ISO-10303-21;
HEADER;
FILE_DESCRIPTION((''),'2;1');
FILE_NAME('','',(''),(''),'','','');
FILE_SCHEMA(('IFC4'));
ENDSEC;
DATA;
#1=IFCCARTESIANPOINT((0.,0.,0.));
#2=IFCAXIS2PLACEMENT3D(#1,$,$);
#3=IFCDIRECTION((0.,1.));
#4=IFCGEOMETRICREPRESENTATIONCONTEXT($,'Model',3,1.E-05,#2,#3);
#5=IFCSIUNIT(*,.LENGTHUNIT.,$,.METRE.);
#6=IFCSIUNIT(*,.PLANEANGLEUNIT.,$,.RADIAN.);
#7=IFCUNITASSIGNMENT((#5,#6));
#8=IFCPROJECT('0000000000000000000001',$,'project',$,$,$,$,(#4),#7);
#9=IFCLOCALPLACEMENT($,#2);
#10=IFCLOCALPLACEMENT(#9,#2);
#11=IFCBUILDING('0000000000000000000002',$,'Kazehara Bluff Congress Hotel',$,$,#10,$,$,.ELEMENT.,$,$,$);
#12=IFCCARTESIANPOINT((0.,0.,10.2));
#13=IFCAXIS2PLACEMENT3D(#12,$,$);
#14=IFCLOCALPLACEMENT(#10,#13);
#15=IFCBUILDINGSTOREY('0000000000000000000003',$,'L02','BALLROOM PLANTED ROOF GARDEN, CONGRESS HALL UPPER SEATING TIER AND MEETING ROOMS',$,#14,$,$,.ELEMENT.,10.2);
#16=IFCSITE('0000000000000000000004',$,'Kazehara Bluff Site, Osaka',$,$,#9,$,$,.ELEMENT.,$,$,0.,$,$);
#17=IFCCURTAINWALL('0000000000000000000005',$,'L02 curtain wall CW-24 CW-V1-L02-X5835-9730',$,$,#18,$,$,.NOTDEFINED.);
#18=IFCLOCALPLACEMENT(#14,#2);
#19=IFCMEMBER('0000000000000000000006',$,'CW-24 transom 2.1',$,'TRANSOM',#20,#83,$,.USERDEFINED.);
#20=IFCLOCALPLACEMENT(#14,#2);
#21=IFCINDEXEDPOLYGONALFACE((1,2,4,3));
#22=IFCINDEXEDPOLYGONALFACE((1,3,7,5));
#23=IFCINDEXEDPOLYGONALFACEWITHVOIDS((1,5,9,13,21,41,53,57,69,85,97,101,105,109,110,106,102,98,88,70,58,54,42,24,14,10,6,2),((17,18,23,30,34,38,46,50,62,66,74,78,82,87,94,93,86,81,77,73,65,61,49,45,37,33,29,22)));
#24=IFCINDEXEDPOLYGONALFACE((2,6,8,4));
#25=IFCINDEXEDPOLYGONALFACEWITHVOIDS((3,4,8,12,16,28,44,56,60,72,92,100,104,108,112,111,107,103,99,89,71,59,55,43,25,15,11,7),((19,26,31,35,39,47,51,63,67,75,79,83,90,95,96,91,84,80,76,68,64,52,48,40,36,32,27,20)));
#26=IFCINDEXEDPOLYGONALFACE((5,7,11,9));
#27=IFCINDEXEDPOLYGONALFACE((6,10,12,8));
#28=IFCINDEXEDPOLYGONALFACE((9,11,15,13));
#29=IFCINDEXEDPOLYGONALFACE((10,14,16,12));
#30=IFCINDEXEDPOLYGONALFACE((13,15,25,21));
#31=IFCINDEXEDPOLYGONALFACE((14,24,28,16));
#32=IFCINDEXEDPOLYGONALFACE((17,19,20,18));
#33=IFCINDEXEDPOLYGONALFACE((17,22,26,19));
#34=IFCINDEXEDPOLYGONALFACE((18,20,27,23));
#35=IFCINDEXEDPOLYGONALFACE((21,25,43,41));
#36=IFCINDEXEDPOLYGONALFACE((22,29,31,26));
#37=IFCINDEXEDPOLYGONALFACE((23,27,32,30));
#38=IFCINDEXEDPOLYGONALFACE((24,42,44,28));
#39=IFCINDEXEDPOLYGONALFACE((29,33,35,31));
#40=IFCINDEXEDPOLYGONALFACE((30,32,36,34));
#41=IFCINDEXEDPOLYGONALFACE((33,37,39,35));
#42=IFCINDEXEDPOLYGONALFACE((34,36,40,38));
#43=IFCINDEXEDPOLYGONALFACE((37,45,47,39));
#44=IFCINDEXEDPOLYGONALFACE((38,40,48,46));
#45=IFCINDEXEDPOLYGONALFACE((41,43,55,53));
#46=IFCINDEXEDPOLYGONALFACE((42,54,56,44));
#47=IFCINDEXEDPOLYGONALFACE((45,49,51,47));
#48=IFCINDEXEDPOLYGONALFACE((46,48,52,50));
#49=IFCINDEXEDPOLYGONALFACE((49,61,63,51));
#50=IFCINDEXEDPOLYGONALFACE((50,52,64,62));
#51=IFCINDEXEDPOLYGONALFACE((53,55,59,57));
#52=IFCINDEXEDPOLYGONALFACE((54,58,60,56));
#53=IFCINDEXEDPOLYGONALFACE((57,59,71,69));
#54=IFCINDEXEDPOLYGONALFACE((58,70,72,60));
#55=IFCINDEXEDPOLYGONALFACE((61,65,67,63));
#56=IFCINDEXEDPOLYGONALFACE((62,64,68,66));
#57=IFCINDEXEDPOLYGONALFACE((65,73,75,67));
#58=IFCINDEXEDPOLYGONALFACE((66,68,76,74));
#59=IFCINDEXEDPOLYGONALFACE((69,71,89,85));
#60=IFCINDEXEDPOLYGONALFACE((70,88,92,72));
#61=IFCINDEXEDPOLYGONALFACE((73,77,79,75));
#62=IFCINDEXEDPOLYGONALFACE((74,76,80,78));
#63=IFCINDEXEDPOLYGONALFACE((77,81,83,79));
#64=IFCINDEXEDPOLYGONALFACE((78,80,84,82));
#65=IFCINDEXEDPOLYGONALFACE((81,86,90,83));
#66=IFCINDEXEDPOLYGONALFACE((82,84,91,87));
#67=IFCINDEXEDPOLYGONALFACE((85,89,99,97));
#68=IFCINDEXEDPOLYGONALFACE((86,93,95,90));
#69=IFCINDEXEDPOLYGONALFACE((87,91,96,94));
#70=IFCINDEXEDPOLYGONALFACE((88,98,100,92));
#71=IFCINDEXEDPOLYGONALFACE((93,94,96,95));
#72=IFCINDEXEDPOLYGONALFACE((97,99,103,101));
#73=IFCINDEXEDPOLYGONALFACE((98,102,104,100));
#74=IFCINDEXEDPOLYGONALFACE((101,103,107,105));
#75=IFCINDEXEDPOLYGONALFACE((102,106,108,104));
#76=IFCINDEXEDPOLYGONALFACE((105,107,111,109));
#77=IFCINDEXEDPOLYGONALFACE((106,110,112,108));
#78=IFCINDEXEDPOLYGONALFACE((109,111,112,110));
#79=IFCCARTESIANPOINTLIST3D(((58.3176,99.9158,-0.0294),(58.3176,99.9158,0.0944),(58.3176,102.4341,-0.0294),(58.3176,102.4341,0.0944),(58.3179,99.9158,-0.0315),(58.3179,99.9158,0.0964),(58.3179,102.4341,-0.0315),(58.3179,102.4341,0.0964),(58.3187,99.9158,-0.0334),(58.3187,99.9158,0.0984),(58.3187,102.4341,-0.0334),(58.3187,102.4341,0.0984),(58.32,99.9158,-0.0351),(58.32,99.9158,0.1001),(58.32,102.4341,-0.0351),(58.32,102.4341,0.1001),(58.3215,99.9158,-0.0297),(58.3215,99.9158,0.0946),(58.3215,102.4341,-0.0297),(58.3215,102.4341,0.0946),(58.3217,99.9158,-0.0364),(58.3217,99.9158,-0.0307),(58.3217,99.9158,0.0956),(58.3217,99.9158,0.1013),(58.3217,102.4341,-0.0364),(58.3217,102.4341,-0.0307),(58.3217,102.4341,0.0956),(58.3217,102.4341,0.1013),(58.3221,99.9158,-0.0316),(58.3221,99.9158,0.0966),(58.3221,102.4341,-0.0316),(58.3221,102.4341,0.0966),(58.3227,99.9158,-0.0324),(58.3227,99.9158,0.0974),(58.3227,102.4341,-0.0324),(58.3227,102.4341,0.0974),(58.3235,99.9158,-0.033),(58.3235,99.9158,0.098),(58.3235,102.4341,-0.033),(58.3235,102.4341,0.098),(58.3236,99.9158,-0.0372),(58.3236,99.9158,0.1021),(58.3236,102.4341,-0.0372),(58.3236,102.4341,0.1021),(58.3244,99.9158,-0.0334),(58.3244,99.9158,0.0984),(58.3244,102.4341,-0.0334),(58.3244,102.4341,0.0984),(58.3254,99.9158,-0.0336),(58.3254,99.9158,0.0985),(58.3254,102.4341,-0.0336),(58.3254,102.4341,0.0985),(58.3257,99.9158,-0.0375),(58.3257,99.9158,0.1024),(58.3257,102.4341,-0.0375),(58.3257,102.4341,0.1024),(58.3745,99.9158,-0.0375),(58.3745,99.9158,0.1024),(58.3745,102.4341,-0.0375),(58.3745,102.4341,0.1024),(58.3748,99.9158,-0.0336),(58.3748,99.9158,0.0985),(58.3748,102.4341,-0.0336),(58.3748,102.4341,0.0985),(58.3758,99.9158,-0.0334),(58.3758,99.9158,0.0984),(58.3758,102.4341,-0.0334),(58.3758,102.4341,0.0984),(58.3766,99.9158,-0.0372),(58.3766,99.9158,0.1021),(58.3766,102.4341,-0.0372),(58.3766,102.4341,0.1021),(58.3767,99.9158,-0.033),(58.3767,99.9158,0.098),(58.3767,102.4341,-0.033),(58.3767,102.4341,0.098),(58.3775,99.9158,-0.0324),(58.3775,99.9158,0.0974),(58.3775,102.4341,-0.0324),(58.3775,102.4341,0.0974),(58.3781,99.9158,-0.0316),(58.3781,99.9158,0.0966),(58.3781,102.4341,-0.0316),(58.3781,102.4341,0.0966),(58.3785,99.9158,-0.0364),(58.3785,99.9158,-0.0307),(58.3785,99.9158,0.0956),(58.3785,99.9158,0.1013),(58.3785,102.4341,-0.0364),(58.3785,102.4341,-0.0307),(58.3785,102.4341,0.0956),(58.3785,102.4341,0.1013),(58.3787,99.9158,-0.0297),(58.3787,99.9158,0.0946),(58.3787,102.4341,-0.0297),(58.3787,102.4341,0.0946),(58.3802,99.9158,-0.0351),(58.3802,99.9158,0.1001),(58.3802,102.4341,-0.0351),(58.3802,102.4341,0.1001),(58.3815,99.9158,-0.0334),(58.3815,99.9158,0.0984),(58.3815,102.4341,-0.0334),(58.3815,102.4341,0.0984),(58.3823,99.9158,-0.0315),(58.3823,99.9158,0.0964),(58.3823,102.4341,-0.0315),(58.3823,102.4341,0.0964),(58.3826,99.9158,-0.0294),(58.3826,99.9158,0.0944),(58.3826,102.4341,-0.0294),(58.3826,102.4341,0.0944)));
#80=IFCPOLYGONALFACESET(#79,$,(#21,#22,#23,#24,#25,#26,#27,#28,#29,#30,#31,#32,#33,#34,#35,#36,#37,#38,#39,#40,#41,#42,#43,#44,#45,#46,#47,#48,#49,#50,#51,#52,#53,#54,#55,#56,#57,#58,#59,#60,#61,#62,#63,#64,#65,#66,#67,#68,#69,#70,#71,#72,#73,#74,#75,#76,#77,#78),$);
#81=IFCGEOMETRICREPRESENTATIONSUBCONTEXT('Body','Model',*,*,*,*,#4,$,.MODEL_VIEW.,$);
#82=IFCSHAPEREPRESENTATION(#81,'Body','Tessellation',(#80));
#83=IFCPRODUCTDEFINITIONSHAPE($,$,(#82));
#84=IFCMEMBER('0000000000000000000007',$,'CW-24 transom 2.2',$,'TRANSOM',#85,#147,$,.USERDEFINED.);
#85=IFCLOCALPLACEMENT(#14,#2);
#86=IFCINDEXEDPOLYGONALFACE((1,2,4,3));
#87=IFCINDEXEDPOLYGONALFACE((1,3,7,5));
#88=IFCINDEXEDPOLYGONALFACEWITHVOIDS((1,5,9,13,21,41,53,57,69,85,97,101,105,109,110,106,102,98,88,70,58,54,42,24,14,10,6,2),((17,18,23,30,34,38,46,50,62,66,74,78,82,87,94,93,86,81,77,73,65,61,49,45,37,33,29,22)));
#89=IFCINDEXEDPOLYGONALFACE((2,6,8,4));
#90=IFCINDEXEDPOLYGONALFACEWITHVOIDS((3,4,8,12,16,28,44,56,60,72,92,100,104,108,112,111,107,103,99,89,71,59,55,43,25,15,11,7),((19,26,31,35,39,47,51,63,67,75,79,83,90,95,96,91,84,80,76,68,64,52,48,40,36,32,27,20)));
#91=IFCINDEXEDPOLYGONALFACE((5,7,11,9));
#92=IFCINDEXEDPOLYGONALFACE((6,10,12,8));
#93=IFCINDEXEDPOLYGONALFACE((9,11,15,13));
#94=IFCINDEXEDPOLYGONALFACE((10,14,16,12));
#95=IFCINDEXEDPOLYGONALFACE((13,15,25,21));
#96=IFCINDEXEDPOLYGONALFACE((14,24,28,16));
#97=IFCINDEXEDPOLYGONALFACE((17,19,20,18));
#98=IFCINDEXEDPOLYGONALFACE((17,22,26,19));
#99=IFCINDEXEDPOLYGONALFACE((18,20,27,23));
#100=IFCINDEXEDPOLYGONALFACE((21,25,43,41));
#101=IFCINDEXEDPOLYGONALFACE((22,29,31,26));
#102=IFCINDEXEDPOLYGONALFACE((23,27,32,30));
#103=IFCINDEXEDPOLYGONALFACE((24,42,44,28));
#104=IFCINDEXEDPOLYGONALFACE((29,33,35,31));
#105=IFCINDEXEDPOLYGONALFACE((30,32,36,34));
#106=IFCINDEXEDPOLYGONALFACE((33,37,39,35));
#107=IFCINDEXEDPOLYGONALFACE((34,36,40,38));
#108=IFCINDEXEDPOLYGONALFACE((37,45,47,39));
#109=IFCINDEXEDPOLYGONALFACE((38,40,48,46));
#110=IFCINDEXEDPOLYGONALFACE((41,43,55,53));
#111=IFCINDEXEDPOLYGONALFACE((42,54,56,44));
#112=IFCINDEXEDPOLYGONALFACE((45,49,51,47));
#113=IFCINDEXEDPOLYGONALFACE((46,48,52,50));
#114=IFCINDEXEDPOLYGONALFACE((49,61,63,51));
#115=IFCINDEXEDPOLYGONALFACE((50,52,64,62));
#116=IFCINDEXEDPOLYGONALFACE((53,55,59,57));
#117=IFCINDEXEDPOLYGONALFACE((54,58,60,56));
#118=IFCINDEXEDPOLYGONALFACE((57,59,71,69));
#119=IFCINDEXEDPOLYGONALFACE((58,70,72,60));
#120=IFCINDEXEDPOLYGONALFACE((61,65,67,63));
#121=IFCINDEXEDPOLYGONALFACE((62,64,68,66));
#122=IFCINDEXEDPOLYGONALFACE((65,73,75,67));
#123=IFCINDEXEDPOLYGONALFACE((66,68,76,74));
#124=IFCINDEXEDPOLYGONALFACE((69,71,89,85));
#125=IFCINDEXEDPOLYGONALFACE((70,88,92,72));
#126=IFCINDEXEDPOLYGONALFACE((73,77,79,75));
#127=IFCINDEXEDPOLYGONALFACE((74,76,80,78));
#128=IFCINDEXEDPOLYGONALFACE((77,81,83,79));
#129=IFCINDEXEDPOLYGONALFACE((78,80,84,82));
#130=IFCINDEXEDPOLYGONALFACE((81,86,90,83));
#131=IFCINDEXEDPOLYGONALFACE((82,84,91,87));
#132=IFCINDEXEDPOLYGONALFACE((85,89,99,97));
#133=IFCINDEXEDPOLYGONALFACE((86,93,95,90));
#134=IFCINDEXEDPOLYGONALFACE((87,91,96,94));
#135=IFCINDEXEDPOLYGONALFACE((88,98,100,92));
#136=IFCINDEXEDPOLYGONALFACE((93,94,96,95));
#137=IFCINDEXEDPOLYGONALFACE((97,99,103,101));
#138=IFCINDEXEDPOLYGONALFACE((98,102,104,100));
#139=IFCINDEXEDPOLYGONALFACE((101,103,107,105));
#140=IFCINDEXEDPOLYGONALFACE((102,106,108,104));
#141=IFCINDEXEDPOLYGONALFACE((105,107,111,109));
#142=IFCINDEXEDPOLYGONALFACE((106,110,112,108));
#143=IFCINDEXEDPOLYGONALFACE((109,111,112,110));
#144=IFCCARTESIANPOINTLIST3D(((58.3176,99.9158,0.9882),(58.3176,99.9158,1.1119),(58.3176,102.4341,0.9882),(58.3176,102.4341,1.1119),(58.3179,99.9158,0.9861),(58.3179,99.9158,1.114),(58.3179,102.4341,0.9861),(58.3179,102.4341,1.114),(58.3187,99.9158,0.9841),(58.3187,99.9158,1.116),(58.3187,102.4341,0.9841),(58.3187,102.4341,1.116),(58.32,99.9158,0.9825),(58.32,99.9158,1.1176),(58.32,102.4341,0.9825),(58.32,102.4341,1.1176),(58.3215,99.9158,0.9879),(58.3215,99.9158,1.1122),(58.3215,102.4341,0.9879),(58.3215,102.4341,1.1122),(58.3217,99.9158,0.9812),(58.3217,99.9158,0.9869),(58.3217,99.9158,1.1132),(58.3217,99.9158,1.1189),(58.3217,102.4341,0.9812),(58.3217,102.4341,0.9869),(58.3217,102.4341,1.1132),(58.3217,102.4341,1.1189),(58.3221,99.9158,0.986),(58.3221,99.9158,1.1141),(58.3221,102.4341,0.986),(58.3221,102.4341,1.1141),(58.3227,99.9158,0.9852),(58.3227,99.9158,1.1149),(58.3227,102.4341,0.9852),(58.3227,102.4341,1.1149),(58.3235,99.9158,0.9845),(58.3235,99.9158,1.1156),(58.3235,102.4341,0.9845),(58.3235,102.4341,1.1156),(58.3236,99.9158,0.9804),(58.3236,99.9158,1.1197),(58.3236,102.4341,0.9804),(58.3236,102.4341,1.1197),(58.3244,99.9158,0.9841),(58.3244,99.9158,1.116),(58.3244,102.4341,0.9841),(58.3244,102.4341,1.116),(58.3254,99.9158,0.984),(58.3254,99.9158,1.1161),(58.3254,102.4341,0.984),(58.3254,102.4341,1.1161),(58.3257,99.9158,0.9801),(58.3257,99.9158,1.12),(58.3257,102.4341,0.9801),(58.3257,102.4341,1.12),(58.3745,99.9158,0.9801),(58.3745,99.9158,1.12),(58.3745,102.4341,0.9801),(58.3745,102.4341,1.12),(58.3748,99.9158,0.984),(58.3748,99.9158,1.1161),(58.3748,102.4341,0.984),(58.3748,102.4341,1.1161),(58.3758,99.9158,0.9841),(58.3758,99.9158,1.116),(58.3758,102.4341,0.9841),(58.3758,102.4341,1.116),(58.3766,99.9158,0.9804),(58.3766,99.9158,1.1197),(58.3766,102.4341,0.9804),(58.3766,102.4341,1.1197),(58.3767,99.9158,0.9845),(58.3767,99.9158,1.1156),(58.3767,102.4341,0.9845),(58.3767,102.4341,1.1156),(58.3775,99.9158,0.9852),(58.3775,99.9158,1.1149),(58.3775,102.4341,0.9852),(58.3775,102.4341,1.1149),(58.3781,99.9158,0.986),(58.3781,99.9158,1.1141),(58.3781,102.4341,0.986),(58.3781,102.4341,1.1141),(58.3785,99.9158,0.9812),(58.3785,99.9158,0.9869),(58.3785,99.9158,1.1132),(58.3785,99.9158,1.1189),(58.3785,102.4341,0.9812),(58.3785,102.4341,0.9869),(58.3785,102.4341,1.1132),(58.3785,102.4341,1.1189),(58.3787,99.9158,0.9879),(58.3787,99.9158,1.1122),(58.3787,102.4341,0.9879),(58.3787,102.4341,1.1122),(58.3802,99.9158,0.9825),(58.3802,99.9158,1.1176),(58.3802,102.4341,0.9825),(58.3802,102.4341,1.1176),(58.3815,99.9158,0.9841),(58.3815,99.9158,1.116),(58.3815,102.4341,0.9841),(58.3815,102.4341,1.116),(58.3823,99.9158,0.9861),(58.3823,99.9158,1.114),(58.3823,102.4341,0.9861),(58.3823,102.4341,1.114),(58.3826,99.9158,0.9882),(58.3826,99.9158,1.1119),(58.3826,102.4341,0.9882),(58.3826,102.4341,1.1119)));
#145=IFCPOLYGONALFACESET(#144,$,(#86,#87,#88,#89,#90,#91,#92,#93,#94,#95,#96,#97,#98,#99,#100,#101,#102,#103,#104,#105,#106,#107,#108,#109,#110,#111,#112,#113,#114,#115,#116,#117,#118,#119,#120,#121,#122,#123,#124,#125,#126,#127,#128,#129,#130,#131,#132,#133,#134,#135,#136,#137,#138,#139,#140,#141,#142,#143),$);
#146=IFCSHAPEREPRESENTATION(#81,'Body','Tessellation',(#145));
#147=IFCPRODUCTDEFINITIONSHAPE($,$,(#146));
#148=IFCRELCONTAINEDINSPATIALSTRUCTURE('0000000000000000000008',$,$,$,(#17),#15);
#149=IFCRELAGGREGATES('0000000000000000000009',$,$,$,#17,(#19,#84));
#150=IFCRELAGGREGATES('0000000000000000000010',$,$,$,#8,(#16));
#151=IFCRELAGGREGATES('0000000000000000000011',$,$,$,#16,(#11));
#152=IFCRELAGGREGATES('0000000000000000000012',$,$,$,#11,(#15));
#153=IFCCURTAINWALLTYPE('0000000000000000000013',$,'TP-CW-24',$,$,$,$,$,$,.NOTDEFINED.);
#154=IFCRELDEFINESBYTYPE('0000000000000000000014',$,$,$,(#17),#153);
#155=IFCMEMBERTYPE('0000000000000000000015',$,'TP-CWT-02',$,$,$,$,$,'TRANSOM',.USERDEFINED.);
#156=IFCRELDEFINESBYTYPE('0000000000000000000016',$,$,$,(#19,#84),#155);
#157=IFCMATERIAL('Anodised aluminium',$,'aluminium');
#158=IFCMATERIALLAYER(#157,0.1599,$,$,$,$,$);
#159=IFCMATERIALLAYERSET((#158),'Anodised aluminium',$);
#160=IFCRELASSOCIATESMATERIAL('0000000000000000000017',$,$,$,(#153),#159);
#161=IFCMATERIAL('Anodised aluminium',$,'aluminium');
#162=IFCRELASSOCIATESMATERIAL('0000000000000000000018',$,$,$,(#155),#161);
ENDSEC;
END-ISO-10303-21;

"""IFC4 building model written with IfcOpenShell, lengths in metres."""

from ifc_helpers import new_model, si_unit, direction, frame, origin, origin_2d, place, context, subcontext, project, spatial, hollow_rectangle, extrude, material, layer, layer_set, material_profile, profile_set, type_object, element, aggregate, save


model = new_model("IFC4")

# Units and contexts
model_context = context("Model", 3, precision=1e-05, world=origin(), true_north=direction((0.0, 1.0)))
body_context = subcontext(model_context, "Body", "Model", "MODEL_VIEW")
ifc_project = project(units=[si_unit("LENGTHUNIT", "METRE"), si_unit("PLANEANGLEUNIT", "RADIAN")], contexts=[model_context])

# Site, building, storey
site_placement = place(None, origin())
site = spatial("IfcSite", under=ifc_project, at=site_placement, Name="Kazehara Bluff Site, Osaka", CompositionType="ELEMENT", RefElevation=0.0)
building_placement = place(site_placement, origin())
building = spatial("IfcBuilding", under=site, at=building_placement, Name="Kazehara Bluff Congress Hotel", CompositionType="ELEMENT")
storey_placement = place(building_placement, frame((0.0, 0.0, 10.2)))
storey = spatial("IfcBuildingStorey", under=building, at=storey_placement, Name="L02", Description="BALLROOM PLANTED ROOF GARDEN, CONGRESS HALL UPPER SEATING TIER AND MEETING ROOMS", CompositionType="ELEMENT", Elevation=10.2)

# Curtain wall
ifc_material_1 = material(Name="Anodised aluminium", Category="aluminium")
ifc_layer_1 = layer(ifc_material_1, 0.1599)
ifc_layer_set_1 = layer_set([ifc_layer_1], Name="Anodised aluminium")
curtain_wall_type_1 = type_object("IfcCurtainWallType", Name="TP-CW-24", PredefinedType="NOTDEFINED", material=ifc_layer_set_1)
curtain_wall_1_placement = place(storey_placement, origin())
curtain_wall_1 = element("IfcCurtainWall", 1, at=curtain_wall_1_placement, inside=storey, type_object=curtain_wall_type_1, Name="L02 curtain wall CW-24 CW-V1-L02-X5835-9730", PredefinedType="NOTDEFINED")

# Members
ifc_material_2 = material(Name="Anodised aluminium", Category="aluminium")
ifc_material_profile_1 = material_profile(ifc_material_2, hollow_rectangle(XDim=0.0649, YDim=0.1399, WallThickness=0.0039, InnerFilletRadius=0.0039, OuterFilletRadius=0.0081, at=origin_2d()))
ifc_profile_set_1 = profile_set([ifc_material_profile_1], Name="Anodised aluminium")
member_type_1 = type_object("IfcMemberType", Name="TP-CWT-02", ElementType="TRANSOM", PredefinedType="USERDEFINED", material=ifc_profile_set_1)
member_1_placement = place(storey_placement, frame((58.3501, 99.9158, 0.0325), z_axis=(0.0, 1.0, 0.0), x_axis=(-1.0, 0.0, 0.0)))
member_1 = element("IfcMember", 2, at=member_1_placement, type_object=member_type_1, Name="CW-24 transom 2.1", ObjectType="TRANSOM", PredefinedType="USERDEFINED", context=body_context, shape_type="SweptSolid", body=[
    extrude(hollow_rectangle(XDim=0.0649, YDim=0.1399, WallThickness=0.0039, InnerFilletRadius=0.0039, OuterFilletRadius=0.0081, at=origin_2d()), origin(), (0.0, 0.0, 1.0), 2.5183),
])
member_2_placement = place(storey_placement, frame((58.3501, 99.9158, 1.05), z_axis=(0.0, 1.0, 0.0), x_axis=(-1.0, 0.0, 0.0)))
member_2 = element("IfcMember", 3, at=member_2_placement, type_object=member_type_1, Name="CW-24 transom 2.2", ObjectType="TRANSOM", PredefinedType="USERDEFINED", context=body_context, shape_type="SweptSolid", body=[
    extrude(hollow_rectangle(XDim=0.0649, YDim=0.1399, WallThickness=0.0039, InnerFilletRadius=0.0039, OuterFilletRadius=0.0081, at=origin_2d()), origin(), (0.0, 0.0, 1.0), 2.5183),
])

aggregate(curtain_wall_1, [member_1, member_2])

save(model, "model.ifc")
